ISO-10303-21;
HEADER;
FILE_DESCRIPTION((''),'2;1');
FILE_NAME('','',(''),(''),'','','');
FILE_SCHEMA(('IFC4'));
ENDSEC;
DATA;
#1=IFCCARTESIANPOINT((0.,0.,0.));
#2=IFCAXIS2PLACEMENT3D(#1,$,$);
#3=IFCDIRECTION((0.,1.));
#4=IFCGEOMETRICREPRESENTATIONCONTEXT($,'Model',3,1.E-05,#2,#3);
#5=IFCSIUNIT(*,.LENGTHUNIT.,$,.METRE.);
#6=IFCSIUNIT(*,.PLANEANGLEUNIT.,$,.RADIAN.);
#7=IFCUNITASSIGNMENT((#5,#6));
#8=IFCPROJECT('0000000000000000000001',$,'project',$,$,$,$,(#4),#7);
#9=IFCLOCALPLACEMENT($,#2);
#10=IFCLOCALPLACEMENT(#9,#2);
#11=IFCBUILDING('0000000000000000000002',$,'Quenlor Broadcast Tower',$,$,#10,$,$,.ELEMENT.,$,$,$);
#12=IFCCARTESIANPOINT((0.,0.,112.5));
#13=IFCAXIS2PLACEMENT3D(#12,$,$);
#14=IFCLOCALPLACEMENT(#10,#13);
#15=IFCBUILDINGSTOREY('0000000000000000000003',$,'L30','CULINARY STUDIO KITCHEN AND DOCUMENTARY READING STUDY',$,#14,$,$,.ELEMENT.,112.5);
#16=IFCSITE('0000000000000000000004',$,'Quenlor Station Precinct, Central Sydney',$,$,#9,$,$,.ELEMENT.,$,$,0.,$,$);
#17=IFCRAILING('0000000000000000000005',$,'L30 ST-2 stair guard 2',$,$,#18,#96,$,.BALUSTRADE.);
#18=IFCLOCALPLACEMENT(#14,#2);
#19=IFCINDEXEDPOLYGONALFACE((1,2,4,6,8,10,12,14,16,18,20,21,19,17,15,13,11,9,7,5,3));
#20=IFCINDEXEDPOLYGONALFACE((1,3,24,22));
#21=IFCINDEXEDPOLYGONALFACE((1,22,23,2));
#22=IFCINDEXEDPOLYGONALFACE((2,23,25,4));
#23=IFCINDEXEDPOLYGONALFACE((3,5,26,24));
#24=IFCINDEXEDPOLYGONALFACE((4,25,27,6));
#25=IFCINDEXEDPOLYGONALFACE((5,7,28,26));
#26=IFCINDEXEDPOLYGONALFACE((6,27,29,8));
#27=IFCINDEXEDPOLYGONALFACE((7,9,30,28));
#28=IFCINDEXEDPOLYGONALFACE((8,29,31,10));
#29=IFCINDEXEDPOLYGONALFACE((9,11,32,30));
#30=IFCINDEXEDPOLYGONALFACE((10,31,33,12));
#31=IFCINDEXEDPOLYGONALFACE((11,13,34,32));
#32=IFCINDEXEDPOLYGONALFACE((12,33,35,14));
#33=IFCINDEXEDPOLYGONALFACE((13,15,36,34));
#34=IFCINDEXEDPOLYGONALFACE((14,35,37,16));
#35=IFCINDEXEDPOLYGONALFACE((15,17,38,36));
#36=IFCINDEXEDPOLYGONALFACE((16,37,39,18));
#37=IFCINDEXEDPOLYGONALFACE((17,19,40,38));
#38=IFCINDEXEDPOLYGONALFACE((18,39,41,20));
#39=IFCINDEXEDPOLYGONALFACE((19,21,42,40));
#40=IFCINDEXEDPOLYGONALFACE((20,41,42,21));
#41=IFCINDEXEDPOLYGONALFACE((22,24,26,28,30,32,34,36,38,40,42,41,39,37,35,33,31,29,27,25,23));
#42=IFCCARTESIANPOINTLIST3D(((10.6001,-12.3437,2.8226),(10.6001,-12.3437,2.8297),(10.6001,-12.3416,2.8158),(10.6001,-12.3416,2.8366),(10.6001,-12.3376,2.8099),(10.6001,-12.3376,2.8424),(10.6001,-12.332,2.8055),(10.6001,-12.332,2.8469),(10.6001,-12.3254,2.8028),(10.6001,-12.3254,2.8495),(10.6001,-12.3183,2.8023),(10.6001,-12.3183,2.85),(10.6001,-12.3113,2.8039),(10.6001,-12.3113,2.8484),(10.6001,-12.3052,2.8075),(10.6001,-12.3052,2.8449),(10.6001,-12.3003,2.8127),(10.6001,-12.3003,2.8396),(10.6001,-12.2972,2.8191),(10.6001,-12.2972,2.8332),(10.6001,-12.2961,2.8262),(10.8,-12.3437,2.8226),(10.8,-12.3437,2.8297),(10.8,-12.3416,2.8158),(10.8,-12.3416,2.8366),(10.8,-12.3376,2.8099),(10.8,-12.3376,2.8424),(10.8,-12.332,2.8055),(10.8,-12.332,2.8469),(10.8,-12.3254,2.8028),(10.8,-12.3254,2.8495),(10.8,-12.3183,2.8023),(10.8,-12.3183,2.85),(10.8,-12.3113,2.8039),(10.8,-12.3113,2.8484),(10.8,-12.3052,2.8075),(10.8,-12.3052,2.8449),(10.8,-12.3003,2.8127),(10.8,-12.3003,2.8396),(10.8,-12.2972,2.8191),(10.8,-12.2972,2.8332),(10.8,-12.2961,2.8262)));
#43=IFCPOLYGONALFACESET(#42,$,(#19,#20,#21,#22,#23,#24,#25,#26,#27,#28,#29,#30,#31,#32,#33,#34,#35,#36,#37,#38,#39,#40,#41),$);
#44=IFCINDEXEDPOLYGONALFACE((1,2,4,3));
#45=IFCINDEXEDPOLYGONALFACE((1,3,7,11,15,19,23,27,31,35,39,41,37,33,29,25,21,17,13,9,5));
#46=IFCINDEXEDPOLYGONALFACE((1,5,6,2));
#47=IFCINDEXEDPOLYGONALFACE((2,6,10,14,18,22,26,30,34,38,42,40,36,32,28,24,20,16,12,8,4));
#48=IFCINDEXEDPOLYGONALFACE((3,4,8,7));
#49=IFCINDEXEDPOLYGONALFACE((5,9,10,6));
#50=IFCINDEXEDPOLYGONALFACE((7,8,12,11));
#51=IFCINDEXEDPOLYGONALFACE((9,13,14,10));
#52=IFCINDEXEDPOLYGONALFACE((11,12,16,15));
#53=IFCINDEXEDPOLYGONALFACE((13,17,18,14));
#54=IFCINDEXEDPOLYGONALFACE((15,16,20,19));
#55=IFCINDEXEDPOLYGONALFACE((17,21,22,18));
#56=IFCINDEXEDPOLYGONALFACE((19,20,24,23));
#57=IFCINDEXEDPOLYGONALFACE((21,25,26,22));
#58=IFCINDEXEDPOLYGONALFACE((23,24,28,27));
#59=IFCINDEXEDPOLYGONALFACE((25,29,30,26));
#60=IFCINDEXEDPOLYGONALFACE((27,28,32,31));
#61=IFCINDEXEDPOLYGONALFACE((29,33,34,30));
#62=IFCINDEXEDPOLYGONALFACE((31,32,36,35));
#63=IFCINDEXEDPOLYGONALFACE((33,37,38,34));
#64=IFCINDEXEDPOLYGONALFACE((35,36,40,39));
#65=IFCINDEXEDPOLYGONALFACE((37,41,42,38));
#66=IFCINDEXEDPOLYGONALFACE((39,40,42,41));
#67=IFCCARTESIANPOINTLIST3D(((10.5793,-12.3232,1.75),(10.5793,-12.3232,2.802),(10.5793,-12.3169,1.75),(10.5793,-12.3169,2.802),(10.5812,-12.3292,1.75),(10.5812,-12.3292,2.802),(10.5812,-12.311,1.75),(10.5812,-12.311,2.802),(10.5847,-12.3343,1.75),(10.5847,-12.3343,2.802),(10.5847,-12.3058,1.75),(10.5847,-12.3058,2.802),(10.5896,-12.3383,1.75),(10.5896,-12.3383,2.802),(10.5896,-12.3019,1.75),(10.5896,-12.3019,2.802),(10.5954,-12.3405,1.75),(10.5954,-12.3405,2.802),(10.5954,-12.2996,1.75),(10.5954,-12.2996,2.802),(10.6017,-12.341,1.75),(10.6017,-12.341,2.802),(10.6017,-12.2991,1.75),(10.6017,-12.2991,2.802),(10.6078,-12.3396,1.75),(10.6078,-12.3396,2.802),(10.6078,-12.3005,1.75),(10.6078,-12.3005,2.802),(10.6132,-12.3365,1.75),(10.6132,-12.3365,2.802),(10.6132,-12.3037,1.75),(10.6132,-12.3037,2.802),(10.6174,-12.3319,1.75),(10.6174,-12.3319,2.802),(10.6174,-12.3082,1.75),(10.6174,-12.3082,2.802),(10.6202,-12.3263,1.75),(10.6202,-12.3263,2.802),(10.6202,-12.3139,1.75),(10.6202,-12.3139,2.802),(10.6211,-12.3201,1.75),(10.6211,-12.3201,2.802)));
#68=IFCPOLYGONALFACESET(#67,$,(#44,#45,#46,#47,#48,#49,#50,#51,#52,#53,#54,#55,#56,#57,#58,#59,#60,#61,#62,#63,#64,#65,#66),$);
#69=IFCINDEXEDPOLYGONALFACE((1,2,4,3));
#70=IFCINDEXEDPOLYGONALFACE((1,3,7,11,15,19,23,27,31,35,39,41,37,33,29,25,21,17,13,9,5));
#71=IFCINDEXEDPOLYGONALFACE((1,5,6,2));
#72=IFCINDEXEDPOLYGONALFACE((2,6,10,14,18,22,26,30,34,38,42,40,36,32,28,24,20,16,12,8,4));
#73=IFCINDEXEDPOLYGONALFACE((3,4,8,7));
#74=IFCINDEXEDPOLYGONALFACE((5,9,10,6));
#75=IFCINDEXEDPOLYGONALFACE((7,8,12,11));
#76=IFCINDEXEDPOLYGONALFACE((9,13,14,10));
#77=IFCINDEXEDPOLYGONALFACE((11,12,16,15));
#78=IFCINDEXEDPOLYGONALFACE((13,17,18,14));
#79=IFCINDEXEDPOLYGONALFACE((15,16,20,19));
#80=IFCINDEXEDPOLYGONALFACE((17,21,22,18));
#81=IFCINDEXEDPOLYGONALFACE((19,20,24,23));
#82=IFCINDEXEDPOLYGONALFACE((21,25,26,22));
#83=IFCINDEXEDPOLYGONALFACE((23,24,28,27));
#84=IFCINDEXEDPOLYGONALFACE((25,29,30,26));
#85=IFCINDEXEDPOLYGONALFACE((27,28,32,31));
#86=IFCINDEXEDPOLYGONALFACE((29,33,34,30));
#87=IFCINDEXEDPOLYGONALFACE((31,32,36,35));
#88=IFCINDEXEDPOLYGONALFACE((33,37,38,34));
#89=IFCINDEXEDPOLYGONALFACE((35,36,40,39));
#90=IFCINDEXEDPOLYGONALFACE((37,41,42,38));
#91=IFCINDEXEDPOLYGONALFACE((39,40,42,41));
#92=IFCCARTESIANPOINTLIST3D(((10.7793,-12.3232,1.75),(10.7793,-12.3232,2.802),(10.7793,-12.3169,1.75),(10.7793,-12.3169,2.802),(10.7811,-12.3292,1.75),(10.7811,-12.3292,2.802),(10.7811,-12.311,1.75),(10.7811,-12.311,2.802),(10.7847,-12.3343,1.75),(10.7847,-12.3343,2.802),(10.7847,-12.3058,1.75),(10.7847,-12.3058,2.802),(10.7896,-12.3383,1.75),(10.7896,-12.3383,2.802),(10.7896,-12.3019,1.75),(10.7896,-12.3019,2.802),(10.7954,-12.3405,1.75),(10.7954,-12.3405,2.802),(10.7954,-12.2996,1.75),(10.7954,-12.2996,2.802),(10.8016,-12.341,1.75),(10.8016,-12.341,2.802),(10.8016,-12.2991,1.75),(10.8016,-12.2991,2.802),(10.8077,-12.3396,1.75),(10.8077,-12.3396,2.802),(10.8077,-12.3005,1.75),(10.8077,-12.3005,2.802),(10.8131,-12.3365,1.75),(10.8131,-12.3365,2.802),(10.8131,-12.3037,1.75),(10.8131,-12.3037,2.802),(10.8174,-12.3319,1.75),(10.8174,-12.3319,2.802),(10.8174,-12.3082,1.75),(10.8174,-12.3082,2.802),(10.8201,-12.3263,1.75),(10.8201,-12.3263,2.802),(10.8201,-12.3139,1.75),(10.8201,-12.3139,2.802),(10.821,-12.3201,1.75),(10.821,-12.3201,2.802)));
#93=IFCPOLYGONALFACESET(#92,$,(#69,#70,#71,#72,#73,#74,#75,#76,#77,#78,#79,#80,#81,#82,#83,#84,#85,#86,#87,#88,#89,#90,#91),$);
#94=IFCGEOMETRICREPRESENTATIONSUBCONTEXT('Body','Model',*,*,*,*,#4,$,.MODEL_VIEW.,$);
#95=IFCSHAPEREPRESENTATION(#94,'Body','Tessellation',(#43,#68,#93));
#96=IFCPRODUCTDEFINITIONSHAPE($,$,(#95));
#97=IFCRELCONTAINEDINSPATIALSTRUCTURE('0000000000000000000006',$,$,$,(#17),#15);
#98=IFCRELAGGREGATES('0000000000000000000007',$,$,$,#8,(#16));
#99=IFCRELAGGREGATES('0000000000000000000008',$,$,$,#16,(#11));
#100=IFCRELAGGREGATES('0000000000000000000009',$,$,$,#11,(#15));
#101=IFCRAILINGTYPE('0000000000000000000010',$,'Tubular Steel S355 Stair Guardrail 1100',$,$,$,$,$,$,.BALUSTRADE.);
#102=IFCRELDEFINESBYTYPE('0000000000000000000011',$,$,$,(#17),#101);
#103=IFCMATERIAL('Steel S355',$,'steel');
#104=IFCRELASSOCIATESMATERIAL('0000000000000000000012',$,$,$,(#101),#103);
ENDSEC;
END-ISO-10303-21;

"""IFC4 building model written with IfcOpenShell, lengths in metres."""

from ifc_helpers import new_model, si_unit, direction, frame, origin, origin_2d, place, context, subcontext, project, spatial, circle, extrude, material, type_object, element, save


model = new_model("IFC4")

# Units and contexts
model_context = context("Model", 3, precision=1e-05, world=origin(), true_north=direction((0.0, 1.0)))
body_context = subcontext(model_context, "Body", "Model", "MODEL_VIEW")
ifc_project = project(units=[si_unit("LENGTHUNIT", "METRE"), si_unit("PLANEANGLEUNIT", "RADIAN")], contexts=[model_context])

# Site, building, storey
site_placement = place(None, origin())
site = spatial("IfcSite", under=ifc_project, at=site_placement, Name="Quenlor Station Precinct, Central Sydney", CompositionType="ELEMENT", RefElevation=0.0)
building_placement = place(site_placement, origin())
building = spatial("IfcBuilding", under=site, at=building_placement, Name="Quenlor Broadcast Tower", CompositionType="ELEMENT")
storey_placement = place(building_placement, frame((0.0, 0.0, 112.5)))
storey = spatial("IfcBuildingStorey", under=building, at=storey_placement, Name="L30", Description="CULINARY STUDIO KITCHEN AND DOCUMENTARY READING STUDY", CompositionType="ELEMENT", Elevation=112.5)

# Railing
ifc_material_1 = material(Name="Steel S355", Category="steel")
railing_type_1 = type_object("IfcRailingType", Name="Tubular Steel S355 Stair Guardrail 1100", PredefinedType="BALUSTRADE", material=ifc_material_1)
railing_1_placement = place(storey_placement, frame((10.6001, -12.3201, 1.75)))
element("IfcRailing", 1, at=railing_1_placement, inside=storey, type_object=railing_type_1, Name="L30 ST-2 stair guard 2", PredefinedType="BALUSTRADE", context=body_context, shape_type="SweptSolid", body=[
    extrude(circle(Radius=0.0239, at=origin_2d()), frame((0.0, 0.0, 1.0762), z_axis=(1.0, 0.0, 0.0), x_axis=(0.0, 1.0, 0.0)), (0.0, 0.0, 1.0), 0.2),
    extrude(circle(Radius=0.021, at=origin_2d()), origin(), (0.0, 0.0, 1.0), 1.052),
    extrude(circle(Radius=0.021, at=origin_2d()), frame((0.2, 0.0, 0.0)), (0.0, 0.0, 1.0), 1.052),
])

save(model, "model.ifc")
